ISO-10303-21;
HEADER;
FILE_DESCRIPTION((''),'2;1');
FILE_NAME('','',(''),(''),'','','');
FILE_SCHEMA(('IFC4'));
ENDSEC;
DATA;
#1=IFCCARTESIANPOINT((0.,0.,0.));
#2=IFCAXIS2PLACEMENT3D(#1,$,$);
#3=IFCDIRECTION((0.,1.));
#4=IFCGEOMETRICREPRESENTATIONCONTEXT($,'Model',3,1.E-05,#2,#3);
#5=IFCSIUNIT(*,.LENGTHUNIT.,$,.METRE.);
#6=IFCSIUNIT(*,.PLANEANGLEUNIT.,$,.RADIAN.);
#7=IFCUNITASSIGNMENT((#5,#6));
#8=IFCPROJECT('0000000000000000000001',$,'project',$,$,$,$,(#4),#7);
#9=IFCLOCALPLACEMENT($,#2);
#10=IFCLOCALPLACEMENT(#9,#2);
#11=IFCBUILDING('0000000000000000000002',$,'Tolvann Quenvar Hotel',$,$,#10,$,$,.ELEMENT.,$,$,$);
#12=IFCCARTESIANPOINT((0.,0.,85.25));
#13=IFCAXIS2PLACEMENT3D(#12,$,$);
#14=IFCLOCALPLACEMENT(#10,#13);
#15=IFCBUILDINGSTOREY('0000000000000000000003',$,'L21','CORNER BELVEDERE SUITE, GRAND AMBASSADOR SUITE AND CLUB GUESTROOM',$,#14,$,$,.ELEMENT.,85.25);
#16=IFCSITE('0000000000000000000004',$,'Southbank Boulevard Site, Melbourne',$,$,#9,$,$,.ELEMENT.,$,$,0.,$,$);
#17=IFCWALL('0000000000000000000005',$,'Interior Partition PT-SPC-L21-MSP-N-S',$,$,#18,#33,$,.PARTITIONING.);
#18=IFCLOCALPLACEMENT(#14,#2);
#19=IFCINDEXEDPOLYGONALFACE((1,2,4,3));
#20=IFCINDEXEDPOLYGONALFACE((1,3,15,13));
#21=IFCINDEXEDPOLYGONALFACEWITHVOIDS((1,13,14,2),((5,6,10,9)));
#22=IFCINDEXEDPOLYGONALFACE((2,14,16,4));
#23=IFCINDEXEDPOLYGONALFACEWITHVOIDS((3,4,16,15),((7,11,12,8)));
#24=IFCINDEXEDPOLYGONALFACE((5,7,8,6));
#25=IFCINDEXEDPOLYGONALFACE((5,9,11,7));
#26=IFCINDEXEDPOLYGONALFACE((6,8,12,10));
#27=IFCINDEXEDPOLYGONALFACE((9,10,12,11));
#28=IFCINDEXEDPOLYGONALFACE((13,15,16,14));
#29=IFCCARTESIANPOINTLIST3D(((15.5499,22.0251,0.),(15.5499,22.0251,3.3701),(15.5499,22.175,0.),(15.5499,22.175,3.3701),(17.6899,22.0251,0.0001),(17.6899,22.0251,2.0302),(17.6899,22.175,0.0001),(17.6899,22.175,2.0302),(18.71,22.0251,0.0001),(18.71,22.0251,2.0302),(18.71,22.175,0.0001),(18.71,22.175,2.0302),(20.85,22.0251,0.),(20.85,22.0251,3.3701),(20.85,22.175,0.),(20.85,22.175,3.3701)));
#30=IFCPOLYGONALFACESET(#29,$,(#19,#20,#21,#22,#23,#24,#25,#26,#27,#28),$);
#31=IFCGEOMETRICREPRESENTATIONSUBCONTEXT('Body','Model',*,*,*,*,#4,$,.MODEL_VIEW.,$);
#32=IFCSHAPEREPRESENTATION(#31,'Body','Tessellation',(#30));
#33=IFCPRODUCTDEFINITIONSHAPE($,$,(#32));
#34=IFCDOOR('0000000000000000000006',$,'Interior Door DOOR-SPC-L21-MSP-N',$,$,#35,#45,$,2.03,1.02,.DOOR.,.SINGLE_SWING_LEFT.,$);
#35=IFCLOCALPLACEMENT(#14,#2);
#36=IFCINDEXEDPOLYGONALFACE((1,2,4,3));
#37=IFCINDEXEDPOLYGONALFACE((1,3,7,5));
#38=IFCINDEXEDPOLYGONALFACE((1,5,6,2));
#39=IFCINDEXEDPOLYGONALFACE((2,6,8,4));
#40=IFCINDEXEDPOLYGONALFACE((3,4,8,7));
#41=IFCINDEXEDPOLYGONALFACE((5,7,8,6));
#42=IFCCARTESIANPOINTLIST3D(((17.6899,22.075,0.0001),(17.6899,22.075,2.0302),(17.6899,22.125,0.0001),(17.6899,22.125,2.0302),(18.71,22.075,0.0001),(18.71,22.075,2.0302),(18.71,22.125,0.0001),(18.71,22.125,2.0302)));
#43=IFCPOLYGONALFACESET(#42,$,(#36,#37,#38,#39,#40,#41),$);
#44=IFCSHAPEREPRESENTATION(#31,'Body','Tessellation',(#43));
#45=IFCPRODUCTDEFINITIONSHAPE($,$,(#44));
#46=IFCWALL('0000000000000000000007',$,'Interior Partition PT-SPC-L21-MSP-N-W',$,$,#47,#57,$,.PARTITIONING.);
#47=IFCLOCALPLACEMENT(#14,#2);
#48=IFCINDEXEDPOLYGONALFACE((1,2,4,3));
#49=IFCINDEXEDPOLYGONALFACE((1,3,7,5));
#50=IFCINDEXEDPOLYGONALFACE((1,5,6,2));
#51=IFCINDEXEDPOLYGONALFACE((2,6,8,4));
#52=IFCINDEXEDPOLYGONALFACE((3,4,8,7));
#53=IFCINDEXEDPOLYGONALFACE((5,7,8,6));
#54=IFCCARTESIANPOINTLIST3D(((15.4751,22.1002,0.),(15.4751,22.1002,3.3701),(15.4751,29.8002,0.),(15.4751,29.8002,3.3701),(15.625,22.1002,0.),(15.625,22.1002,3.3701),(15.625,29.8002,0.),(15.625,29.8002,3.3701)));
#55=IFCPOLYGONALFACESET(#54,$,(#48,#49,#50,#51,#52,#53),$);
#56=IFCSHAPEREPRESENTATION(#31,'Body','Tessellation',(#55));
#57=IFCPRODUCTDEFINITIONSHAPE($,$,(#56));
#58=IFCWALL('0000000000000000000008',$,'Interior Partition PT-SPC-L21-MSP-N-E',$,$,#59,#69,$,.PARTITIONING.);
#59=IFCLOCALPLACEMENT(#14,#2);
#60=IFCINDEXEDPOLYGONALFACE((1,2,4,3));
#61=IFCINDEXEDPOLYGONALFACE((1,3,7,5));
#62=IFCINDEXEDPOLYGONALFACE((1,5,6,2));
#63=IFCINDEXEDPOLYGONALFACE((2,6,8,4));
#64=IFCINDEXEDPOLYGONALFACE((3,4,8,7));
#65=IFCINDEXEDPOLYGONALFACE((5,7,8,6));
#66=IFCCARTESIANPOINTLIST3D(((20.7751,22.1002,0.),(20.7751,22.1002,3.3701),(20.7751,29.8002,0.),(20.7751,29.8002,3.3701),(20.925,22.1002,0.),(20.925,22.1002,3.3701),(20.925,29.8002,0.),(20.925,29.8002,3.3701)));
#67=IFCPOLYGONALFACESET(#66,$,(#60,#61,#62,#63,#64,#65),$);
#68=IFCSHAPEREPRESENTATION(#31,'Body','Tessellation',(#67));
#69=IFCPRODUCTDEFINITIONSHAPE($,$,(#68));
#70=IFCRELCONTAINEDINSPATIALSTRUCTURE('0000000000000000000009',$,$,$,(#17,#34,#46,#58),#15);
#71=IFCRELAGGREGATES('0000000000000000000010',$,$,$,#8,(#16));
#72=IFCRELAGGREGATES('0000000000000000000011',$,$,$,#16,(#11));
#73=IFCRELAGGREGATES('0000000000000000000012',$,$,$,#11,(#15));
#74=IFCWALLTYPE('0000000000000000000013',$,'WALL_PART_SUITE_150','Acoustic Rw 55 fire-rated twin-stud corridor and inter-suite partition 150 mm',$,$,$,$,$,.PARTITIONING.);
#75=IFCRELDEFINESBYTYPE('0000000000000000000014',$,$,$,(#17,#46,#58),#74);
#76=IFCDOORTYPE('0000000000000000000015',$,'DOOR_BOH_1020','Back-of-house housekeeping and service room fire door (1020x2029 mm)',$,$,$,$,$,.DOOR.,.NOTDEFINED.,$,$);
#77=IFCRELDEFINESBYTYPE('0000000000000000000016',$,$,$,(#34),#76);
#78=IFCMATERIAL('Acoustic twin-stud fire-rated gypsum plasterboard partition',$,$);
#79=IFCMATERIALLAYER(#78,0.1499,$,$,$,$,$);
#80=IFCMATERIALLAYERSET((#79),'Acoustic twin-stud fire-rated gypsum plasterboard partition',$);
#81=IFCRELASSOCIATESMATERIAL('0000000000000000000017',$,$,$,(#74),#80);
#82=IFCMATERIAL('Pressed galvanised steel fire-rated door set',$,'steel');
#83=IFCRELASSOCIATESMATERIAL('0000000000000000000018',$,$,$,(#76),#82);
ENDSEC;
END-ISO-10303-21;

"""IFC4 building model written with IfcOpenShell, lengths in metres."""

from ifc_helpers import new_model, si_unit, direction, frame, frame_2d, origin, place, context, subcontext, project, spatial, rectangle, extrude, source, transform, mapped, material, layer, layer_set, type_object, type_shapes, element, fill, save


model = new_model("IFC4")

# Units and contexts
model_context = context("Model", 3, precision=1e-05, world=origin(), true_north=direction((0.0, 1.0)))
body_context = subcontext(model_context, "Body", "Model", "MODEL_VIEW")
ifc_project = project(units=[si_unit("LENGTHUNIT", "METRE"), si_unit("PLANEANGLEUNIT", "RADIAN")], contexts=[model_context])

# Site, building, storey
site_placement = place(None, origin())
site = spatial("IfcSite", under=ifc_project, at=site_placement, Name="Southbank Boulevard Site, Melbourne", CompositionType="ELEMENT", RefElevation=0.0)
building_placement = place(site_placement, origin())
building = spatial("IfcBuilding", under=site, at=building_placement, Name="Tolvann Quenvar Hotel", CompositionType="ELEMENT")
storey_placement = place(building_placement, frame((0.0, 0.0, 85.25)))
storey = spatial("IfcBuildingStorey", under=building, at=storey_placement, Name="L21", Description="CORNER BELVEDERE SUITE, GRAND AMBASSADOR SUITE AND CLUB GUESTROOM", CompositionType="ELEMENT", Elevation=85.25)

# Shared definitions
ifc_material_1 = material(Name="Acoustic twin-stud fire-rated gypsum plasterboard partition")

# Shared definitions
ifc_layer_1 = layer(ifc_material_1, 0.1499)
ifc_layer_set_1 = layer_set([ifc_layer_1], Name="Acoustic twin-stud fire-rated gypsum plasterboard partition")
wall_type_1 = type_object("IfcWallType", Name="WALL_PART_SUITE_150", Description="Acoustic Rw 55 fire-rated twin-stud corridor and inter-suite partition 150 mm", PredefinedType="PARTITIONING", material=ifc_layer_set_1)

# Wall, opening, door
wall_1_placement = place(storey_placement, frame((15.55, 22.1001, 0.0), z_axis=(0.0, 0.0, 1.0), x_axis=(1.0, 0.0, 0.0)))
wall_1 = element("IfcWall", 1, at=wall_1_placement, inside=storey, type_object=wall_type_1, Name="Interior Partition PT-SPC-L21-MSP-N-S", PredefinedType="PARTITIONING", context=body_context, shape_type="SweptSolid", body=[
    extrude(rectangle(XDim=5.3, YDim=0.1499, at=frame_2d((2.6499, 0.0))), origin(), (0.0, 0.0, 1.0), 3.3701),
])
opening_1_placement = place(wall_1_placement, frame((2.1399, 0.0, 0.0)))
opening_1 = element("IfcOpeningElement", 2, at=opening_1_placement, cuts=wall_1, PredefinedType="OPENING", context=body_context, shape_type="SweptSolid", body=[
    extrude(rectangle(XDim=1.02, YDim=2.03, at=frame_2d((0.51, 1.0151))), frame((0.0, 0.085, 0.0), z_axis=(0.0, -1.0, 0.0), x_axis=(1.0, 0.0, 0.0)), (0.0, 0.0, 1.0), 0.1699),
])
ifc_material_2 = material(Name="Pressed galvanised steel fire-rated door set", Category="steel")
door_type_1 = type_object("IfcDoorType", Name="DOOR_BOH_1020", Description="Back-of-house housekeeping and service room fire door (1020x2029 mm)", OperationType="NOTDEFINED", PredefinedType="DOOR", material=ifc_material_2)
shared_shape_1 = source(origin(), body_context, "Body", "SweptSolid", [
    extrude(rectangle(XDim=1.02, YDim=2.03, at=frame_2d((0.51, 1.0151))), frame((0.0, 0.0249, 0.0), z_axis=(0.0, -1.0, 0.0), x_axis=(1.0, 0.0, 0.0)), (0.0, 0.0, 1.0), 0.05),
])
type_shapes(door_type_1, [shared_shape_1])
door_1_placement = place(opening_1_placement, origin())
door_1 = element("IfcDoor", 3, at=door_1_placement, inside=storey, type_object=door_type_1, Name="Interior Door DOOR-SPC-L21-MSP-N", OperationType="SINGLE_SWING_LEFT", OverallHeight=2.03, OverallWidth=1.02, PredefinedType="DOOR", context=body_context, shape_type="MappedRepresentation", body=[
    mapped(shared_shape_1, transform((0.0, 0.0, 0.0), x_axis=(1.0, 0.0, 0.0), y_axis=(0.0, 1.0, 0.0), z_axis=(0.0, 0.0, 1.0), scale=1.0)),
])
fill(opening_1, door_1)

# Walls
for number, where, z_axis, x_axis, name in (
    (4, (15.55, 22.1001, 0.0), (0.0, 0.0, 1.0), (0.0, 1.0, 0.0), "Interior Partition PT-SPC-L21-MSP-N-W"),
    (5, (20.8501, 22.1001, 0.0), (0.0, 0.0, 1.0), (0.0, 1.0, 0.0), "Interior Partition PT-SPC-L21-MSP-N-E"),
):
    element("IfcWall", number, at=place(storey_placement, frame(where, z_axis=z_axis, x_axis=x_axis)), inside=storey, type_object=wall_type_1, Name=name, PredefinedType="PARTITIONING", context=body_context, shape_type="SweptSolid", body=[
        extrude(rectangle(XDim=7.7, YDim=0.1499, at=frame_2d((3.8501, 0.0))), origin(), (0.0, 0.0, 1.0), 3.3701),
    ])

save(model, "model.ifc")
